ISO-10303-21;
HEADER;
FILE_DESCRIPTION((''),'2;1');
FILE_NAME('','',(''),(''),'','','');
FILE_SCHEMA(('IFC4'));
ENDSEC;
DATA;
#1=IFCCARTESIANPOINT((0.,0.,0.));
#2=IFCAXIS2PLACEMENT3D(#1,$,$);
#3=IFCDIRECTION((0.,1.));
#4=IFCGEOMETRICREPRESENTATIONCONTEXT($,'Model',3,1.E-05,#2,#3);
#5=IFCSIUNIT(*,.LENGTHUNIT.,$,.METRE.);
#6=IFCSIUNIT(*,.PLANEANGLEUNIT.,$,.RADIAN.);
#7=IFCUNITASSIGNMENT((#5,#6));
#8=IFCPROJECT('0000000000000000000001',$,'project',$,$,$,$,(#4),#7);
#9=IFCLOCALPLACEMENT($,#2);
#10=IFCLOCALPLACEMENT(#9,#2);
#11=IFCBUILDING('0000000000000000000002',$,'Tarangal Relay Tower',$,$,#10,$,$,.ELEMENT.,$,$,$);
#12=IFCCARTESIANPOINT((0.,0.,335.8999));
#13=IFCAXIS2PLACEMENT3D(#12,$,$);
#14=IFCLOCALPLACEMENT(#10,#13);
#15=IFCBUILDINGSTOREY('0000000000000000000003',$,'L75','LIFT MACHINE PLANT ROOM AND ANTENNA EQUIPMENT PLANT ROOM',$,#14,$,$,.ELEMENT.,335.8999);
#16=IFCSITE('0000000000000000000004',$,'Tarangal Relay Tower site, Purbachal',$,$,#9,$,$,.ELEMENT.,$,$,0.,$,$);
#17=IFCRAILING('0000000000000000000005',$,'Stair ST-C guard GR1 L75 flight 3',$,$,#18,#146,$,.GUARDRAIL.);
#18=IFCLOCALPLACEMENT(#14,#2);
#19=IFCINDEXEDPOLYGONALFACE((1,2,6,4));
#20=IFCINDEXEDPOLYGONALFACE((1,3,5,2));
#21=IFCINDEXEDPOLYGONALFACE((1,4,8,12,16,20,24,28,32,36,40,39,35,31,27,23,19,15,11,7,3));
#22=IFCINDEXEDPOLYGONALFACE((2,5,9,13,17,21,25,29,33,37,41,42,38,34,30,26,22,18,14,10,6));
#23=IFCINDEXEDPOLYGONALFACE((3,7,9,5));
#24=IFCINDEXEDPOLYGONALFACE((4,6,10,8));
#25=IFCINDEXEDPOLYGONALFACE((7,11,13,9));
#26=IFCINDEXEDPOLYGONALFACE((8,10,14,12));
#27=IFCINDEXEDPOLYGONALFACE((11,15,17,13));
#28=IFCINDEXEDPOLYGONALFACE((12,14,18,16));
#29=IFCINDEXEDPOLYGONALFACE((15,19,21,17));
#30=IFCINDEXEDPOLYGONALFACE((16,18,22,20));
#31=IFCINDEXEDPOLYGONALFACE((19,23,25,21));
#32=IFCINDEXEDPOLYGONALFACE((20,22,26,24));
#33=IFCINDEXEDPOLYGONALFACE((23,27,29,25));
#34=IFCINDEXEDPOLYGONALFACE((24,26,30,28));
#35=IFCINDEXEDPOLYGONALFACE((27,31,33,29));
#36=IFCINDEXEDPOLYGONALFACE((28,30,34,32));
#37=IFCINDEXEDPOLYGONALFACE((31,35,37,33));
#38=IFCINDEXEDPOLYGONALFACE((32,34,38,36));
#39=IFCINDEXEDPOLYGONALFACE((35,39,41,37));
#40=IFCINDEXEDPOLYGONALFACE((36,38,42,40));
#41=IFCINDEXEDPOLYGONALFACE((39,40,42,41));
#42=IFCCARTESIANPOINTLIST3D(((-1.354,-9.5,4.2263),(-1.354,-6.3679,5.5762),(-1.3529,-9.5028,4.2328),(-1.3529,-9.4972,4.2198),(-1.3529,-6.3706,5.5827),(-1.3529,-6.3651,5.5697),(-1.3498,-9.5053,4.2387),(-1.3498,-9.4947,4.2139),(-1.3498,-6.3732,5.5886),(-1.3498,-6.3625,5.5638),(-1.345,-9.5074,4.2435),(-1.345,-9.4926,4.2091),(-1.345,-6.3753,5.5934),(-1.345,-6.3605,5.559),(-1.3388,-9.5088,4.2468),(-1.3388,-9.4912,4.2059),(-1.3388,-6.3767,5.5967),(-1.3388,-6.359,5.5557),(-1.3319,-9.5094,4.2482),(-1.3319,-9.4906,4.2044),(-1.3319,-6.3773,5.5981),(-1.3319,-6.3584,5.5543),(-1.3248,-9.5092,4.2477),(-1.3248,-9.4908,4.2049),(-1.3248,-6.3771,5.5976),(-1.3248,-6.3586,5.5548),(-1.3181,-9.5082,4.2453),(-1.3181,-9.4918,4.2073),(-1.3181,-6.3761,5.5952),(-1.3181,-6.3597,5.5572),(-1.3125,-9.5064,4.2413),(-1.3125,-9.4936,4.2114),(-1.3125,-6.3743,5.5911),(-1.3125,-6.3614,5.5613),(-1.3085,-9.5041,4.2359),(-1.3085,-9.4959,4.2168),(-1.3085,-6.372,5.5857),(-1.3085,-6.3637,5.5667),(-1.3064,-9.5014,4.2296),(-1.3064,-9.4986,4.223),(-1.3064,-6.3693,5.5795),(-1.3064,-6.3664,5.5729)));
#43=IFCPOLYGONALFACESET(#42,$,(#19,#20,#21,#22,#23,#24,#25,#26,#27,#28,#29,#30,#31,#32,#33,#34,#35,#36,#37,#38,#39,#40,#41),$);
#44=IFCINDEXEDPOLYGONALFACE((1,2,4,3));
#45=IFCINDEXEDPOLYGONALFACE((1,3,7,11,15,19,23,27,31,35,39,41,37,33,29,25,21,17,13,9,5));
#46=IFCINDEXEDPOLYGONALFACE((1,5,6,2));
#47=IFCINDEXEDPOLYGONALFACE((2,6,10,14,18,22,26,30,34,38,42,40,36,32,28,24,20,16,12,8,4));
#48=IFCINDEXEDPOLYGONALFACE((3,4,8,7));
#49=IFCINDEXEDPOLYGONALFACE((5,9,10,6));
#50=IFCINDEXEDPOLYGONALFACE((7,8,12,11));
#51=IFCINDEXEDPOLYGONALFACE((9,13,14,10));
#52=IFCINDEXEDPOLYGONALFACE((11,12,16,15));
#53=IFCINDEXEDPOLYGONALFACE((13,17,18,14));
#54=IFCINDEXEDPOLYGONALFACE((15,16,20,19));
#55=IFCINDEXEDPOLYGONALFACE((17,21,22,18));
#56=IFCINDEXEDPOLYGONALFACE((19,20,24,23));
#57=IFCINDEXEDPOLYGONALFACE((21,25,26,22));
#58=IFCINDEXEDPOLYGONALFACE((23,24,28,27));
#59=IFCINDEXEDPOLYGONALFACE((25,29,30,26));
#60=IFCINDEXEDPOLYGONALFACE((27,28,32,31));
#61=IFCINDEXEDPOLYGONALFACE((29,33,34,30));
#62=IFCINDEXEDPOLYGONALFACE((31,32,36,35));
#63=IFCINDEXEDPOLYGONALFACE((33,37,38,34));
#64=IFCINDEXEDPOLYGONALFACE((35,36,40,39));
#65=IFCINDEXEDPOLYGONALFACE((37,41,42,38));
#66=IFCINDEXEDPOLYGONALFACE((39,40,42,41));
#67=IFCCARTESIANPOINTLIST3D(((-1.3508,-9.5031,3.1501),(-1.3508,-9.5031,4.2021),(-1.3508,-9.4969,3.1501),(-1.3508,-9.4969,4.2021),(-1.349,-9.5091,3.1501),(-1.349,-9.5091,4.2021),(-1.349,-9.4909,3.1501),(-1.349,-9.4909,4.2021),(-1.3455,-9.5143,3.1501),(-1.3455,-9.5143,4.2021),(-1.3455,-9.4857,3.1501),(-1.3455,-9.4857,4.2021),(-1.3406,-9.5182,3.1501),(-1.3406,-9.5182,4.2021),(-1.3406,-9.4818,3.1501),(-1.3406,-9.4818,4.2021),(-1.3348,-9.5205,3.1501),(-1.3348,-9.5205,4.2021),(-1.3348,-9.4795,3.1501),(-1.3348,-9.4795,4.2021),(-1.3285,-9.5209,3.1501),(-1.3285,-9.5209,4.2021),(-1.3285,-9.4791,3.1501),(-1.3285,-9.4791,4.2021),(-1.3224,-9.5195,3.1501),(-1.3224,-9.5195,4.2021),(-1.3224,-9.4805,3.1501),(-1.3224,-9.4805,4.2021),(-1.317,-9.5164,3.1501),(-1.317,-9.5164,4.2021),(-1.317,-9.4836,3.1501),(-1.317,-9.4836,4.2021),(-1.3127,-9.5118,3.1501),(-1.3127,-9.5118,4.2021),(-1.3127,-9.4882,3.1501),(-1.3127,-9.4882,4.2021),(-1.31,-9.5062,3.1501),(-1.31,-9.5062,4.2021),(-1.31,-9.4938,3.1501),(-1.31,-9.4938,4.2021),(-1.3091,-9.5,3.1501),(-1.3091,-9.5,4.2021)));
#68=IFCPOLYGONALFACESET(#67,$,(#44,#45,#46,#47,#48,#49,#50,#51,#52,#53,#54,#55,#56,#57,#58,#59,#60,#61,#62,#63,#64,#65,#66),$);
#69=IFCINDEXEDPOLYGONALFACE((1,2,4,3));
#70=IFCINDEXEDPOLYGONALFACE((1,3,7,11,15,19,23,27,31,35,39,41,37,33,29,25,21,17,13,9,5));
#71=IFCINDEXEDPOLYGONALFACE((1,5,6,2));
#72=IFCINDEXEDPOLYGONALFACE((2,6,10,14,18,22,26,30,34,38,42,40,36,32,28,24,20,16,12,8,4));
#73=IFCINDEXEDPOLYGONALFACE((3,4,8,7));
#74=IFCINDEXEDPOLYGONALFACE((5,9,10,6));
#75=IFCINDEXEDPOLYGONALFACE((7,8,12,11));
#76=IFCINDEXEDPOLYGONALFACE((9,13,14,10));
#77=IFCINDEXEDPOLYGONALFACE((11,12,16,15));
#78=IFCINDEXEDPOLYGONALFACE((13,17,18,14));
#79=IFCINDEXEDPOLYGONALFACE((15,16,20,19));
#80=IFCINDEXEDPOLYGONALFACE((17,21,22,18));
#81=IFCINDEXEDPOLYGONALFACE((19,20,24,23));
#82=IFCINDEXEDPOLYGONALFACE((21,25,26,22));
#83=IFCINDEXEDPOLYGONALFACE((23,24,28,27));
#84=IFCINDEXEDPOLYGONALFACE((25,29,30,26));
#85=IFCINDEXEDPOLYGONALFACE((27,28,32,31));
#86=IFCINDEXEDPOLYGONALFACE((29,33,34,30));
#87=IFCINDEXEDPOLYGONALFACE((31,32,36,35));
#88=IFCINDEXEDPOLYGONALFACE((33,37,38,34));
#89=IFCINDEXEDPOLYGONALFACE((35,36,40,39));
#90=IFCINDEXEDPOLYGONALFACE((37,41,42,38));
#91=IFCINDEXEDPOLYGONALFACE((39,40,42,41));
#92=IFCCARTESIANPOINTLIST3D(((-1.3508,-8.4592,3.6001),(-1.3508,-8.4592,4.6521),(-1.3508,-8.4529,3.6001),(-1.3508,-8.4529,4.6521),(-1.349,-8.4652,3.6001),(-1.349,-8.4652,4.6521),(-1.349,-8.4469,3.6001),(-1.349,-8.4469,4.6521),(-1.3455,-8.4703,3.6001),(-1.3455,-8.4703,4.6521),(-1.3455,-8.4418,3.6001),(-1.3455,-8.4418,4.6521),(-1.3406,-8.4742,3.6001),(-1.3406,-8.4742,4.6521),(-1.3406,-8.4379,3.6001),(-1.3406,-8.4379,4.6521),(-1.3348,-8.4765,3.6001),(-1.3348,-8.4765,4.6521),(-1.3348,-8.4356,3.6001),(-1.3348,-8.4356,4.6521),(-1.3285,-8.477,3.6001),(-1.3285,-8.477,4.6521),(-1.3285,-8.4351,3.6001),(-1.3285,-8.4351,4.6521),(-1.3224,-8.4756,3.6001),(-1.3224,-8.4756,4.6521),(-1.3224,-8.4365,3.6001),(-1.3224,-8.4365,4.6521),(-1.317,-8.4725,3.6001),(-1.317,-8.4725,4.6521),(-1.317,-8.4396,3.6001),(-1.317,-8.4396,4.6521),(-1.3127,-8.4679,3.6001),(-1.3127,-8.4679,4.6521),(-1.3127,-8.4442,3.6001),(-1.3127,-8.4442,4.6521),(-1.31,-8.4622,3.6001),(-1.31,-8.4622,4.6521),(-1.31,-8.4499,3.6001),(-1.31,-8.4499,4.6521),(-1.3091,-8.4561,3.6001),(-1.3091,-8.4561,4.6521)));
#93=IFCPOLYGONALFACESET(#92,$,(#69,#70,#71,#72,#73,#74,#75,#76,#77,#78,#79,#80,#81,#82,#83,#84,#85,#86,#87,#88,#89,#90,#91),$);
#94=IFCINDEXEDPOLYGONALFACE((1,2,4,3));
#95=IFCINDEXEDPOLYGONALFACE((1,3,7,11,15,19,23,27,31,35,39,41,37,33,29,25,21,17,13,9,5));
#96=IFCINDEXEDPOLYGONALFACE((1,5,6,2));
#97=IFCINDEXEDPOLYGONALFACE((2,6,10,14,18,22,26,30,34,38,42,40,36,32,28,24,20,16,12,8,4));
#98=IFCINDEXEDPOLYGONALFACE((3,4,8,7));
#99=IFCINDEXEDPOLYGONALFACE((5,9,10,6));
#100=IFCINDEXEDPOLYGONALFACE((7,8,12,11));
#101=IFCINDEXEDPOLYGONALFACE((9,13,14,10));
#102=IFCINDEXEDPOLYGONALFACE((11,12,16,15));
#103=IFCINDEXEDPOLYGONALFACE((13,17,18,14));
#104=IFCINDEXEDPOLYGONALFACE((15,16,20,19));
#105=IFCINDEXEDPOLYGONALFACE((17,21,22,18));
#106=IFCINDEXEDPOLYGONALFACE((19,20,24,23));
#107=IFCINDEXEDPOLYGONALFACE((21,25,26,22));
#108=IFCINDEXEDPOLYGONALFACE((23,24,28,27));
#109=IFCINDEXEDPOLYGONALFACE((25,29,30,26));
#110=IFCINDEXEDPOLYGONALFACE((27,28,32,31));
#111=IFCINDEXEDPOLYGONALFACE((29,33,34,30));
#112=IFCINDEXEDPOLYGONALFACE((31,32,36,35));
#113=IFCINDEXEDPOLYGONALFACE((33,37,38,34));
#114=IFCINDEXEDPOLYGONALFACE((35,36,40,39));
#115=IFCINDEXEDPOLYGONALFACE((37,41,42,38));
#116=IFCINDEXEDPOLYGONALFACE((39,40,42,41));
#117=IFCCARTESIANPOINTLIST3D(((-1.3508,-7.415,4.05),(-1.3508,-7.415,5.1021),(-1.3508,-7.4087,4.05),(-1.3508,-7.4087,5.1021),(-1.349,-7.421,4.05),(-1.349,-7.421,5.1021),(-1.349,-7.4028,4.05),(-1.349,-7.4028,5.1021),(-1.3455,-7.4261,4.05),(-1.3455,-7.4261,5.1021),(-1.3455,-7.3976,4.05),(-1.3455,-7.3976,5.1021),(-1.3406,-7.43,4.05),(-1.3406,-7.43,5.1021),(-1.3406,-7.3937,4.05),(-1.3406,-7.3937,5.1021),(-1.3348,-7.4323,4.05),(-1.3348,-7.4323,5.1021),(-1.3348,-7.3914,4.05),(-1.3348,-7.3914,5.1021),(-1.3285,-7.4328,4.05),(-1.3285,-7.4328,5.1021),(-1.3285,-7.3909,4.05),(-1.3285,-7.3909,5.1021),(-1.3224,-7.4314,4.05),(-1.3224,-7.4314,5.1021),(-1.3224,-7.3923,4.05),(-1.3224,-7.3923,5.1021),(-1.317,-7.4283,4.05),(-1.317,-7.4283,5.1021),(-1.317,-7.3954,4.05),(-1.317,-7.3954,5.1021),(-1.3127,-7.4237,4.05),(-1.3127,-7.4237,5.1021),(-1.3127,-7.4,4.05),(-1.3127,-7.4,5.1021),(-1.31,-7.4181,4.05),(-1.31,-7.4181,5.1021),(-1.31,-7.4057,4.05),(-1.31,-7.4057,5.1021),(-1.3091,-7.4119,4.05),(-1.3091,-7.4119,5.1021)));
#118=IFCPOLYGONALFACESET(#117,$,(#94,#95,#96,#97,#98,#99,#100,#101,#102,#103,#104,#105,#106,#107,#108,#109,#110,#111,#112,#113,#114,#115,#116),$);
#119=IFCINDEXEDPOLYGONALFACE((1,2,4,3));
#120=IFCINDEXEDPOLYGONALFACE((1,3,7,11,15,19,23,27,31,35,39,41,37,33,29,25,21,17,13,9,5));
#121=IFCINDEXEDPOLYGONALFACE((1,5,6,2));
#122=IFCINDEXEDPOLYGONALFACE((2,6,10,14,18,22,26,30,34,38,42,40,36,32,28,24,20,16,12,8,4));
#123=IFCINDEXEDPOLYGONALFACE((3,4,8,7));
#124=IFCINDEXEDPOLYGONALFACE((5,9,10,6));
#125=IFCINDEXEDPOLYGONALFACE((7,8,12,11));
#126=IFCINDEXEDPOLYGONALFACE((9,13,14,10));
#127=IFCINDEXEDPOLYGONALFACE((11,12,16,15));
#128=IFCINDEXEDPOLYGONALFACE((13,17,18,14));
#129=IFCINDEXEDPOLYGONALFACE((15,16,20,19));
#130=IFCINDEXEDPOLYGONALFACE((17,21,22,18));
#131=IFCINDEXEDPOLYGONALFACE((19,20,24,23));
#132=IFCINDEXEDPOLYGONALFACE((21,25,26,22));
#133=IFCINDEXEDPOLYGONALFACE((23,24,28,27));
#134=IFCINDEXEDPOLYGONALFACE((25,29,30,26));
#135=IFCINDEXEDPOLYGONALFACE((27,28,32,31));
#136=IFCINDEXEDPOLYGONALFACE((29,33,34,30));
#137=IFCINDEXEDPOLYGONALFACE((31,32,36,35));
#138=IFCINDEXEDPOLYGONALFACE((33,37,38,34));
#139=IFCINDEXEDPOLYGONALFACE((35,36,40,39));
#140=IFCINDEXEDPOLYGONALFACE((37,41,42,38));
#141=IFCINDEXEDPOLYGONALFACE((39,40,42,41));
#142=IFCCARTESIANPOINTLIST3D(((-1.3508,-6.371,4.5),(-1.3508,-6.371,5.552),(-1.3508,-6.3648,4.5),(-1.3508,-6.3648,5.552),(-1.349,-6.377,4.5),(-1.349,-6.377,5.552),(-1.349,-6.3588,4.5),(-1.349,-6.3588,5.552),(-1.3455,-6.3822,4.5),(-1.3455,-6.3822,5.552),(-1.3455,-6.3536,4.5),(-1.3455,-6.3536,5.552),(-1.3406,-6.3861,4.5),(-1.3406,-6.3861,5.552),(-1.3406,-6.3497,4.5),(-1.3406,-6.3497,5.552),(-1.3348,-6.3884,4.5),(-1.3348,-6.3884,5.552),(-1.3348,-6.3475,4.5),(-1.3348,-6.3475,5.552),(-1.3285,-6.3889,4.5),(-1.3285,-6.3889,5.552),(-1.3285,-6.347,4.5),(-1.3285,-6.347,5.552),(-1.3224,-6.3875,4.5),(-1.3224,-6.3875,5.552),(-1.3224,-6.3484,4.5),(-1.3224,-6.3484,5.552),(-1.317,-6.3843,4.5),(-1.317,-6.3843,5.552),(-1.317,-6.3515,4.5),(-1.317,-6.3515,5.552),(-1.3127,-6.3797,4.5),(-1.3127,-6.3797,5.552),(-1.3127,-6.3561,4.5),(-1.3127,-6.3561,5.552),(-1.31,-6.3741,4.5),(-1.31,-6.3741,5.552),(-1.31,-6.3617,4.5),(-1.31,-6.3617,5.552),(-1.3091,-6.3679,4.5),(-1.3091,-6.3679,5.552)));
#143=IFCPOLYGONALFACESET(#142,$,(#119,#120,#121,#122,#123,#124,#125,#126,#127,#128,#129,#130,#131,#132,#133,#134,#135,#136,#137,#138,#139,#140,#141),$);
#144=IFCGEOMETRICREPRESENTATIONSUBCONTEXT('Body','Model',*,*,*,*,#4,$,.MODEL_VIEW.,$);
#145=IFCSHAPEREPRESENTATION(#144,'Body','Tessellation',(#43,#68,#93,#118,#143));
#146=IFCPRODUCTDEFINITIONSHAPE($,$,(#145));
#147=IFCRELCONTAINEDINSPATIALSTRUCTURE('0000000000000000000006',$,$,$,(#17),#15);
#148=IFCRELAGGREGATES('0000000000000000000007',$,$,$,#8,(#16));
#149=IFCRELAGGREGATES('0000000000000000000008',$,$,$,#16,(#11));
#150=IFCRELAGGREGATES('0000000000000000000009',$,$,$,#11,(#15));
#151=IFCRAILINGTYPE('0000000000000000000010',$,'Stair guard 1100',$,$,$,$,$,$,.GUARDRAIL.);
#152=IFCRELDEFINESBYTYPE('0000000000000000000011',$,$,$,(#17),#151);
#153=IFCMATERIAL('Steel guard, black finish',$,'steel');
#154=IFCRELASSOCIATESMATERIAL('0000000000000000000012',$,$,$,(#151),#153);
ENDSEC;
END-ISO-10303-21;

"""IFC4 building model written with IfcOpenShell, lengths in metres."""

from ifc_helpers import new_model, si_unit, direction, frame, origin, origin_2d, place, context, subcontext, project, spatial, circle, extrude, material, type_object, element, save


model = new_model("IFC4")

# Units and contexts
model_context = context("Model", 3, precision=1e-05, world=origin(), true_north=direction((0.0, 1.0)))
body_context = subcontext(model_context, "Body", "Model", "MODEL_VIEW")
ifc_project = project(units=[si_unit("LENGTHUNIT", "METRE"), si_unit("PLANEANGLEUNIT", "RADIAN")], contexts=[model_context])

# Site, building, storey
site_placement = place(None, origin())
site = spatial("IfcSite", under=ifc_project, at=site_placement, Name="Tarangal Relay Tower site, Purbachal", CompositionType="ELEMENT", RefElevation=0.0)
building_placement = place(site_placement, origin())
building = spatial("IfcBuilding", under=site, at=building_placement, Name="Tarangal Relay Tower", CompositionType="ELEMENT")
storey_placement = place(building_placement, frame((0.0, 0.0, 335.8999)))
storey = spatial("IfcBuildingStorey", under=building, at=storey_placement, Name="L75", Description="LIFT MACHINE PLANT ROOM AND ANTENNA EQUIPMENT PLANT ROOM", CompositionType="ELEMENT", Elevation=335.8999)

# Railing
ifc_material_1 = material(Name="Steel guard, black finish", Category="steel")
railing_type_1 = type_object("IfcRailingType", Name="Stair guard 1100", PredefinedType="GUARDRAIL", material=ifc_material_1)
for number, where, name in (
    (1, (-1.3301, -9.5, 3.1501), "Stair ST-C guard GR1 L75 flight 3"),
):
    element("IfcRailing", number, at=place(storey_placement, frame(where)), inside=storey, type_object=railing_type_1, Name=name, PredefinedType="GUARDRAIL", context=body_context, shape_type="SweptSolid", body=[
        extrude(circle(Radius=0.0239, at=origin_2d()), frame((0.0, 0.0, 1.0762), z_axis=(0.0, 0.918343, 0.395785), x_axis=(-1.0, 0.0, 0.0)), (0.0, 0.0, 1.0), 3.4106),
        extrude(circle(Radius=0.021, at=origin_2d()), origin(), (0.0, 0.0, 1.0), 1.052),
        extrude(circle(Radius=0.021, at=origin_2d()), frame((0.0, 1.0439, 0.45)), (0.0, 0.0, 1.0), 1.052),
        extrude(circle(Radius=0.021, at=origin_2d()), frame((0.0, 2.0881, 0.8999)), (0.0, 0.0, 1.0), 1.052),
        extrude(circle(Radius=0.021, at=origin_2d()), frame((0.0, 3.1321, 1.3499)), (0.0, 0.0, 1.0), 1.052),
    ])

save(model, "model.ifc")
